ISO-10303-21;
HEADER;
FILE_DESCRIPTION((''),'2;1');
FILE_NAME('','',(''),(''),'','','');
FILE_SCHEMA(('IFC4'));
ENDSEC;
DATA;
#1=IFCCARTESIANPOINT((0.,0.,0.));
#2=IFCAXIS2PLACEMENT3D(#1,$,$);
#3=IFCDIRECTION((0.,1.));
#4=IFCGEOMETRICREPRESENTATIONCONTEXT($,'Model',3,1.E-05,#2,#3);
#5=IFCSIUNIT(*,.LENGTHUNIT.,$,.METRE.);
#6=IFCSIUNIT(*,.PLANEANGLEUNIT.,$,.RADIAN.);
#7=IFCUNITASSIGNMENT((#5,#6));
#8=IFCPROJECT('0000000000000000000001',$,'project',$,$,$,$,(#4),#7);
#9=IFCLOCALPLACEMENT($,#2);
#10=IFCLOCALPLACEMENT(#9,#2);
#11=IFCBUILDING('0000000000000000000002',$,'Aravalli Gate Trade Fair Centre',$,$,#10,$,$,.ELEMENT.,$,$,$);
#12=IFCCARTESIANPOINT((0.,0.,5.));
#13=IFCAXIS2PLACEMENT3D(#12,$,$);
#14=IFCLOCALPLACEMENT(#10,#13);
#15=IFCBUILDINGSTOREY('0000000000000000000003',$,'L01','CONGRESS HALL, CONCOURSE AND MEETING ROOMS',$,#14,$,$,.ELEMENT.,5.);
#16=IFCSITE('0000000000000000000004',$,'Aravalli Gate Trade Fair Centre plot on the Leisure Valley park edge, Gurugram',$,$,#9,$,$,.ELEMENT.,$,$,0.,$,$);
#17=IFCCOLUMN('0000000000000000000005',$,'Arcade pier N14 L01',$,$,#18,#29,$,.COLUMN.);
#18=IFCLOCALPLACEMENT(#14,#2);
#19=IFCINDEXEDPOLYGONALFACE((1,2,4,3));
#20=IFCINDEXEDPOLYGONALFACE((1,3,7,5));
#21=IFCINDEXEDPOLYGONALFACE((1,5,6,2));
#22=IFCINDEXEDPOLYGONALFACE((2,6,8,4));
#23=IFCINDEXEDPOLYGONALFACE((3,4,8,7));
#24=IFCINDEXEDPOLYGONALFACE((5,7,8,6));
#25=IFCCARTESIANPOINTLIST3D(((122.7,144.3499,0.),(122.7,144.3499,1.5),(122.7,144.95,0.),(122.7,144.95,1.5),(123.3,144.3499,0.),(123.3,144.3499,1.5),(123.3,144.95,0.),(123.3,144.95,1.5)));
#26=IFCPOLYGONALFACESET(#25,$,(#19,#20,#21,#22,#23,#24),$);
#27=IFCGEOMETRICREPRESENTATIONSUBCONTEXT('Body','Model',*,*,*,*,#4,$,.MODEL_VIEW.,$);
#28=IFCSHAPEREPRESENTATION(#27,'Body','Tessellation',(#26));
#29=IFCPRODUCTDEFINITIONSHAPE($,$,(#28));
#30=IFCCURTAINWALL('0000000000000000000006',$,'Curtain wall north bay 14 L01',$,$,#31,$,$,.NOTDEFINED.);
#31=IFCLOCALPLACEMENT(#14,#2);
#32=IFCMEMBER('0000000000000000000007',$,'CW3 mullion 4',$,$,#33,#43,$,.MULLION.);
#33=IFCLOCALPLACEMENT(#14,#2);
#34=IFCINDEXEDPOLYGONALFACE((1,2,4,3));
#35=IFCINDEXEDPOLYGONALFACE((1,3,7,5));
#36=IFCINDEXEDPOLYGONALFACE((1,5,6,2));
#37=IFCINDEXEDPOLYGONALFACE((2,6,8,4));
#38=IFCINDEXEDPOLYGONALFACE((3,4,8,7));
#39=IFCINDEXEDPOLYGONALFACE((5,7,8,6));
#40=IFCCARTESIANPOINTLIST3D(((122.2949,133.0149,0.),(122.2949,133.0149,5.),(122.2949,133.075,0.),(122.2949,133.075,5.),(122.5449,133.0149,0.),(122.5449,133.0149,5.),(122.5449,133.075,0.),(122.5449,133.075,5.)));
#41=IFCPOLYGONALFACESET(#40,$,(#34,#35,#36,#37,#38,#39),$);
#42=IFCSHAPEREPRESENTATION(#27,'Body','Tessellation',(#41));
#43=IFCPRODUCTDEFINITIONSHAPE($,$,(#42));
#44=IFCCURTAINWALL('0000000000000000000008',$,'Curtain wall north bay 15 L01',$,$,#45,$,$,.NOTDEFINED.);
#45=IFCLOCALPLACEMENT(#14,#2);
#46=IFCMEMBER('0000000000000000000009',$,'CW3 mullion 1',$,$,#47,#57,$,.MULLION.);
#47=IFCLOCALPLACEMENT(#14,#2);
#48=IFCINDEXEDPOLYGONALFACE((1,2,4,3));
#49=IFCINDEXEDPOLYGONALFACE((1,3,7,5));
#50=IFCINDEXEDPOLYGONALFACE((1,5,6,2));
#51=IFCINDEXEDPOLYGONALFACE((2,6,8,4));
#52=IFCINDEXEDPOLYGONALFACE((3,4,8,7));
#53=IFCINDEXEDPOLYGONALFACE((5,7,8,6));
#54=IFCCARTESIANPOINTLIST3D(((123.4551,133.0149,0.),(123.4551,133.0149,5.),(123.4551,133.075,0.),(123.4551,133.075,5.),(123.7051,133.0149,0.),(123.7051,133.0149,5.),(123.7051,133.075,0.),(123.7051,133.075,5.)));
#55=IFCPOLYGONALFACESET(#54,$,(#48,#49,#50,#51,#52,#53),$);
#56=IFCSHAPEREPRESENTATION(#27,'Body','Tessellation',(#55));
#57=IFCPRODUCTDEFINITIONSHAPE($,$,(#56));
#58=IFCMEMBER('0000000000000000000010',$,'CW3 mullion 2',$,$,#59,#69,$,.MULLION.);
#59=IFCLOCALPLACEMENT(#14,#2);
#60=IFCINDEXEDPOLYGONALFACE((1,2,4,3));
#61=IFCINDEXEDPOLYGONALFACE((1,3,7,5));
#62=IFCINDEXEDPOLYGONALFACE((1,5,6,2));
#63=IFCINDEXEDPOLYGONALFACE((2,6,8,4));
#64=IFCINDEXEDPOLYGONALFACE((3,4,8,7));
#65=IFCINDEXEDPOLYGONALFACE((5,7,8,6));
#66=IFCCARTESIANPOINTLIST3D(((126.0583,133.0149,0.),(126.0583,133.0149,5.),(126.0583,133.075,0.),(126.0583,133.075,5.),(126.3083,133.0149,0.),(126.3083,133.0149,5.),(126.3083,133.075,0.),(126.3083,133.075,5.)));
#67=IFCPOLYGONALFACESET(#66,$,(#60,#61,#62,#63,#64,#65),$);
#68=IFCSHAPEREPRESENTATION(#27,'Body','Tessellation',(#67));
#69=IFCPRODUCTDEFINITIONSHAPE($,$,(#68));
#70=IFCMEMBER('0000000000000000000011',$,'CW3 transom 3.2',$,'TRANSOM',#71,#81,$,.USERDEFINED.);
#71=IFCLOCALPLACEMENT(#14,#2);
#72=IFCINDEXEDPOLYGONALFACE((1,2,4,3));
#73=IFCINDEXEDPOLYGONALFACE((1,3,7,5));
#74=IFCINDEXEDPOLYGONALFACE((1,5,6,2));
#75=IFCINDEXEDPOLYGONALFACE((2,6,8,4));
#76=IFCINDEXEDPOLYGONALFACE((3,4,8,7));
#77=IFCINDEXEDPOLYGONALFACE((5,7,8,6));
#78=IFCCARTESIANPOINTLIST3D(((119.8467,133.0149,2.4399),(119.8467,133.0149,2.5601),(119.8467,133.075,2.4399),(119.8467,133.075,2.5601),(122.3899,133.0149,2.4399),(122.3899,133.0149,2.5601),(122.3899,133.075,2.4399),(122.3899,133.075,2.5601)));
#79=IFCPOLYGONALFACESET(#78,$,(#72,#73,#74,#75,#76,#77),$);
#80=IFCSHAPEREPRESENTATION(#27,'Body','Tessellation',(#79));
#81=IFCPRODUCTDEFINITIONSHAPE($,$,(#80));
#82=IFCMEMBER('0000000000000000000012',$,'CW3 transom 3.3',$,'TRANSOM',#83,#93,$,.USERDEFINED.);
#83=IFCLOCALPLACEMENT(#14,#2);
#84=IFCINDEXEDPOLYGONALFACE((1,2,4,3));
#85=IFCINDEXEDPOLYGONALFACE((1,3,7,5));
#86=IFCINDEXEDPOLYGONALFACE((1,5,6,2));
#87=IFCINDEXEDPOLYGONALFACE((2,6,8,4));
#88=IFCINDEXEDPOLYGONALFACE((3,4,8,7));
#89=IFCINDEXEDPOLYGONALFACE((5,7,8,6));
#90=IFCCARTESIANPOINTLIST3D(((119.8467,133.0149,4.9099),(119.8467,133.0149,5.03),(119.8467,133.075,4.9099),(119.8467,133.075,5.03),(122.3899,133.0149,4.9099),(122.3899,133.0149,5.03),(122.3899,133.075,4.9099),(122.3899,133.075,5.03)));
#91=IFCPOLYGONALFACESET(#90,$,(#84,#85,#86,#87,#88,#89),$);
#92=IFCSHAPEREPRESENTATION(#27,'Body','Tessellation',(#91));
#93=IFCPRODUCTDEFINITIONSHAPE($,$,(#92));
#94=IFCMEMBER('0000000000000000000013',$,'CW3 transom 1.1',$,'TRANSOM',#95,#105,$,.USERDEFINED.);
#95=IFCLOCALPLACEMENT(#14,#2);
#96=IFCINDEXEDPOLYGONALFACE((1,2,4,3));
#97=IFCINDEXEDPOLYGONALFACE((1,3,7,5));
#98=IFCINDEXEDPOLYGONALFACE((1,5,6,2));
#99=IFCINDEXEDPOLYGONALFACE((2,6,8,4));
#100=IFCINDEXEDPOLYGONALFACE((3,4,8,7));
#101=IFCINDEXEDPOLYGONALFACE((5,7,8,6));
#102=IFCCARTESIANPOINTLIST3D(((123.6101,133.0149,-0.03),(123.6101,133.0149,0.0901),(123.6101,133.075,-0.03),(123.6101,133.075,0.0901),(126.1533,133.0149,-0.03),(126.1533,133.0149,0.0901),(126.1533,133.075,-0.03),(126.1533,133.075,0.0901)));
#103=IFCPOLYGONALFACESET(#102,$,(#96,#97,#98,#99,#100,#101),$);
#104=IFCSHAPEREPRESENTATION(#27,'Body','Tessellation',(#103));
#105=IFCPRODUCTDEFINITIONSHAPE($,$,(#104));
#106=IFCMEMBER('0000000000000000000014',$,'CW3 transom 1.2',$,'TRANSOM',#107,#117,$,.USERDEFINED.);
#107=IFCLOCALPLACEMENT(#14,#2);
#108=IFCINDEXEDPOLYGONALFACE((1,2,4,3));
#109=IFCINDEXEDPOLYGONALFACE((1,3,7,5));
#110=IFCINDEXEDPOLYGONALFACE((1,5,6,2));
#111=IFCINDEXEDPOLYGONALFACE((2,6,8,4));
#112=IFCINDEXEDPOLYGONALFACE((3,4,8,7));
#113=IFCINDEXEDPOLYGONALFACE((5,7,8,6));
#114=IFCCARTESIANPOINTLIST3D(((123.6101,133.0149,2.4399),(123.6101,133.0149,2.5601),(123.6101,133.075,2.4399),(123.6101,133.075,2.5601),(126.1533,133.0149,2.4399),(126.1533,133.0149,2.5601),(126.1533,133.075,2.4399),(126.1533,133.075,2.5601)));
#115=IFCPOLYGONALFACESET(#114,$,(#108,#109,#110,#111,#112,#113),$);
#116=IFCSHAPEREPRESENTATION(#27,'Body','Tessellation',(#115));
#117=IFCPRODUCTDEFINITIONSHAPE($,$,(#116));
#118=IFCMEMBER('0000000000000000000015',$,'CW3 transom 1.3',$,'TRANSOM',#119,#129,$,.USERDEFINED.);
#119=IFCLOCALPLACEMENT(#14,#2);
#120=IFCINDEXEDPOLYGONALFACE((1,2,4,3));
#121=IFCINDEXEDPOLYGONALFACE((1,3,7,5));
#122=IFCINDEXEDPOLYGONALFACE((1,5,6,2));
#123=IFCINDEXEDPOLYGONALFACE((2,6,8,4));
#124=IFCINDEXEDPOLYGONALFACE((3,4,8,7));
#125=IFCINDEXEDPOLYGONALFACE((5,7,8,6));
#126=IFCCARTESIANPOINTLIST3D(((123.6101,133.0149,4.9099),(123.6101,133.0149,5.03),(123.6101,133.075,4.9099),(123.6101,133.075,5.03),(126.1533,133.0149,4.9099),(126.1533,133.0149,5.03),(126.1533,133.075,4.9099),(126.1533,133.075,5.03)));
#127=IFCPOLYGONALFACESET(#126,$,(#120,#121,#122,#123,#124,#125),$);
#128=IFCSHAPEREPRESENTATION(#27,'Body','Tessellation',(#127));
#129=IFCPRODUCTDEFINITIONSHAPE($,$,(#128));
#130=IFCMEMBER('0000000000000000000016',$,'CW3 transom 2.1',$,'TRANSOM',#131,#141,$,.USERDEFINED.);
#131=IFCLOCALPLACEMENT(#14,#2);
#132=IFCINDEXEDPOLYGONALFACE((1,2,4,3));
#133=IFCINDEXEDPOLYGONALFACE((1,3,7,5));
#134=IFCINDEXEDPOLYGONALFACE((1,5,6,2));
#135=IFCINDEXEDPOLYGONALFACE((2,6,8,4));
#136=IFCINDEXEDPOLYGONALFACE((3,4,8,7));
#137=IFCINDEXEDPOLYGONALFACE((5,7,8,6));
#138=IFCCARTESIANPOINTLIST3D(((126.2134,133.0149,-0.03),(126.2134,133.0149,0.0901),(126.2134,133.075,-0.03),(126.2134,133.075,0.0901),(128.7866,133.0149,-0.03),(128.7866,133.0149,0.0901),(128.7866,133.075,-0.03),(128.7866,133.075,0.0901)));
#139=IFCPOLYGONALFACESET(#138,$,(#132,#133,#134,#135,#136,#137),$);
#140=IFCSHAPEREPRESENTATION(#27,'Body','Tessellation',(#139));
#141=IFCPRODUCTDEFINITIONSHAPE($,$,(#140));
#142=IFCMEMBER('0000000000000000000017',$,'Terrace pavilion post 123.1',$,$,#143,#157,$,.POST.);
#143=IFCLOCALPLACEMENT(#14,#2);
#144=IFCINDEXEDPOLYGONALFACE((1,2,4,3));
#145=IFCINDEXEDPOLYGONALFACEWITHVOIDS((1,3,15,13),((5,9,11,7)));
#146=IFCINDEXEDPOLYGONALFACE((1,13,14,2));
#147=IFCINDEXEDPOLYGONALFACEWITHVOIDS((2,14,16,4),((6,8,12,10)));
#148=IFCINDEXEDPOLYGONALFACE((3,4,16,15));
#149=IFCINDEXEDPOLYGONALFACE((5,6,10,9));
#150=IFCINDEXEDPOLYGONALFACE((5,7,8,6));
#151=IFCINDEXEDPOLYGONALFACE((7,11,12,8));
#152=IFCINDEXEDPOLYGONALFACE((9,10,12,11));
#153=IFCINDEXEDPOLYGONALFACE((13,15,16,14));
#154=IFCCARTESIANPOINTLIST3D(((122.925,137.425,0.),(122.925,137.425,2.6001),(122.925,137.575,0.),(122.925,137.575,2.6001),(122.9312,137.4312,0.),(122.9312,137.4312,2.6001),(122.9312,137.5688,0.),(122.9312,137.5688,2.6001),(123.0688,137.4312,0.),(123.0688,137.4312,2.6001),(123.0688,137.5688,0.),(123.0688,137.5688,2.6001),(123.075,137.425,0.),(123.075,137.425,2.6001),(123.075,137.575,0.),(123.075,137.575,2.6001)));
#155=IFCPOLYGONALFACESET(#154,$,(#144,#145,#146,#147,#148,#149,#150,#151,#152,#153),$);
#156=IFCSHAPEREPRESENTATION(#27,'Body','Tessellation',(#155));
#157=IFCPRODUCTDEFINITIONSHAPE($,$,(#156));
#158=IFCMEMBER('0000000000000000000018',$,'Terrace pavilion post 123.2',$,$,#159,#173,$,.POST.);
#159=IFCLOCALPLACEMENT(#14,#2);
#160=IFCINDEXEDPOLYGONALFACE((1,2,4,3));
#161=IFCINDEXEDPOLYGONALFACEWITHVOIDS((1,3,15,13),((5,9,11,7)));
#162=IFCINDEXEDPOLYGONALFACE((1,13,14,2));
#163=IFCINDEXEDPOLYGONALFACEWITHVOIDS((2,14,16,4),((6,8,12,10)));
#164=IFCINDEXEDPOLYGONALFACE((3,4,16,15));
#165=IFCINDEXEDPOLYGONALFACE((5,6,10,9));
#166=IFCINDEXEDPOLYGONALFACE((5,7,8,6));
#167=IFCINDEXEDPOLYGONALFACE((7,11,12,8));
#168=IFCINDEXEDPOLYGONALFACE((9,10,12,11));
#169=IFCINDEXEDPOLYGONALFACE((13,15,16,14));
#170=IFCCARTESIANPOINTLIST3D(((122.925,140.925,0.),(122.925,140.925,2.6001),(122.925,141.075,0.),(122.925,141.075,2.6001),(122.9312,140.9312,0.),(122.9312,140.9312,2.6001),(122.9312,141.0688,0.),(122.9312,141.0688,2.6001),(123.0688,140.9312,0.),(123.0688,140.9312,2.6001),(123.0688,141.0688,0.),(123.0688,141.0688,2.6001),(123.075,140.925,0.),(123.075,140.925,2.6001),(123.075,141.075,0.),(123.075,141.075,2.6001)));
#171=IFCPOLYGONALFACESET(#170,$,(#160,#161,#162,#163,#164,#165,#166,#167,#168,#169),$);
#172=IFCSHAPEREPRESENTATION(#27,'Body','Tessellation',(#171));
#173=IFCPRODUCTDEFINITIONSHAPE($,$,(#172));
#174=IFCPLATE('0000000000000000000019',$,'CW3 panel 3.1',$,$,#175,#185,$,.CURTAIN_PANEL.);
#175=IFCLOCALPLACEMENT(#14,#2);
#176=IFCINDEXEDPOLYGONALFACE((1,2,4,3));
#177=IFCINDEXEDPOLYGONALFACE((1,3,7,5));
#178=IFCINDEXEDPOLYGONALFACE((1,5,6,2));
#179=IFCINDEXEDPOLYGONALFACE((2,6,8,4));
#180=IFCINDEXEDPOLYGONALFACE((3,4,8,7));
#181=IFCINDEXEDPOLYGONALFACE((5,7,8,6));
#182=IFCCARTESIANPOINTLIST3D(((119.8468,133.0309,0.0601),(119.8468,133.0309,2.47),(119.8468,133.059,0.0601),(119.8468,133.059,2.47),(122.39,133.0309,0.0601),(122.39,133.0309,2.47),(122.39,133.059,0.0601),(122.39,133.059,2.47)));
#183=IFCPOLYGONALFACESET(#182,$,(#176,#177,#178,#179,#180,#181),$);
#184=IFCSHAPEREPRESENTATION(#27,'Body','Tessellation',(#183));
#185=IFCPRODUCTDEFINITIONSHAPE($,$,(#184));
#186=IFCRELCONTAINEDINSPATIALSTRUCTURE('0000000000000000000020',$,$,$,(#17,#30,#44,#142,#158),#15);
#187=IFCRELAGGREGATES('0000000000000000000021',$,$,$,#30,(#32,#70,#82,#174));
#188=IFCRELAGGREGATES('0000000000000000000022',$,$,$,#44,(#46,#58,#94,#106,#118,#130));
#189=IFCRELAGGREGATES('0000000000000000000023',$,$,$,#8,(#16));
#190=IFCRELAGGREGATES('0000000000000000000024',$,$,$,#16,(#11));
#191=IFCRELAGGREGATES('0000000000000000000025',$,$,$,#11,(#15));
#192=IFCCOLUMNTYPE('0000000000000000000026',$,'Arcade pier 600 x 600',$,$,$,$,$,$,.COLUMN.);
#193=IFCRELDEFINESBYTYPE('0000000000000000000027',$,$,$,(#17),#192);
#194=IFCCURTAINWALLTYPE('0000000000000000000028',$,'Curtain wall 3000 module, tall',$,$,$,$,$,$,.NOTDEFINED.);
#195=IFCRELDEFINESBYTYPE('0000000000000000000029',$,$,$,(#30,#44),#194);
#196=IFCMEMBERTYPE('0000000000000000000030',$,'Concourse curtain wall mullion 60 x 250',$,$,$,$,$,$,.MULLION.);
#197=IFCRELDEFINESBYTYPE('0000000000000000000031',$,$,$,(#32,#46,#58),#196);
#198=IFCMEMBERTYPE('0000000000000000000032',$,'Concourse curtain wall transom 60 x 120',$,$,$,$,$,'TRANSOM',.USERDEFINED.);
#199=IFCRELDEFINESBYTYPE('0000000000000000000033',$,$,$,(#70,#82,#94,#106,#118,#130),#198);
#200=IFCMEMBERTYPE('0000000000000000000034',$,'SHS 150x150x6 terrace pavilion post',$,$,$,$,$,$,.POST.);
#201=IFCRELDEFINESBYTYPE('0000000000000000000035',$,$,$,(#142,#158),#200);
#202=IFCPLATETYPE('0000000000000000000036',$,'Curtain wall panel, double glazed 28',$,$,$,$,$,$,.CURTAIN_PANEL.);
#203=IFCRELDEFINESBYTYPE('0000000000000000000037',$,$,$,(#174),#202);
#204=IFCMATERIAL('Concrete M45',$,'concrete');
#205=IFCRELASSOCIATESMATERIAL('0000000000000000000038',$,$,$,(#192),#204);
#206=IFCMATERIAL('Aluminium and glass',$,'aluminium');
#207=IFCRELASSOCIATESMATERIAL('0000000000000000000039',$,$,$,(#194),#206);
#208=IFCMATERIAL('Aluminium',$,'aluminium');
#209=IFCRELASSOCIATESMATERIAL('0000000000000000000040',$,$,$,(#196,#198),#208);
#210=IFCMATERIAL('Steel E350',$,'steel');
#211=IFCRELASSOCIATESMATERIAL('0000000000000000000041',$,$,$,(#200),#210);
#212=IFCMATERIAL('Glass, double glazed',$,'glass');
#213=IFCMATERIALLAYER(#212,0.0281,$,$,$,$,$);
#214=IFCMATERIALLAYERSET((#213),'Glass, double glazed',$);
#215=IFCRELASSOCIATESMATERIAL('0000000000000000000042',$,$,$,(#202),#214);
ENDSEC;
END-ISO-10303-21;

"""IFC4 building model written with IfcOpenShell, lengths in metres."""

from ifc_helpers import new_model, si_unit, direction, frame, origin, origin_2d, place, context, subcontext, project, spatial, rectangle, hollow_rectangle, extrude, material, layer, layer_set, material_profile, profile_set, type_object, element, aggregate, save


model = new_model("IFC4")

# Units and contexts
model_context = context("Model", 3, precision=1e-05, world=origin(), true_north=direction((0.0, 1.0)))
body_context = subcontext(model_context, "Body", "Model", "MODEL_VIEW")
ifc_project = project(units=[si_unit("LENGTHUNIT", "METRE"), si_unit("PLANEANGLEUNIT", "RADIAN")], contexts=[model_context])

# Site, building, storey
site_placement = place(None, origin())
site = spatial("IfcSite", under=ifc_project, at=site_placement, Name="Aravalli Gate Trade Fair Centre plot on the Leisure Valley park edge, Gurugram", CompositionType="ELEMENT", RefElevation=0.0)
building_placement = place(site_placement, origin())
building = spatial("IfcBuilding", under=site, at=building_placement, Name="Aravalli Gate Trade Fair Centre", CompositionType="ELEMENT")
storey_placement = place(building_placement, frame((0.0, 0.0, 5.0)))
storey = spatial("IfcBuildingStorey", under=building, at=storey_placement, Name="L01", Description="CONGRESS HALL, CONCOURSE AND MEETING ROOMS", CompositionType="ELEMENT", Elevation=5.0)

# Column
ifc_material_1 = material(Name="Concrete M45", Category="concrete")
ifc_material_profile_1 = material_profile(ifc_material_1, rectangle(XDim=0.6001, YDim=0.6001, at=origin_2d()), Name="Arcade pier 600 x 600")
ifc_profile_set_1 = profile_set([ifc_material_profile_1], Name="Concrete M45")
column_type = type_object("IfcColumnType", Name="Arcade pier 600 x 600", PredefinedType="COLUMN", material=ifc_profile_set_1)
column_placement = place(storey_placement, frame((123.0, 144.6499, 0.0), z_axis=(0.0, 0.0, 1.0), x_axis=(1.0, 0.0, 0.0)))
element("IfcColumn", 1, at=column_placement, inside=storey, type_object=column_type, Name="Arcade pier N14 L01", PredefinedType="COLUMN", context=body_context, shape_type="SweptSolid", body=[
    extrude(rectangle(XDim=0.6001, YDim=0.6001, at=origin_2d()), origin(), (0.0, 0.0, 1.0), 1.5),
])

# Curtain wall, member
ifc_material_2 = material(Name="Aluminium and glass", Category="aluminium")
curtain_wall_type = type_object("IfcCurtainWallType", Name="Curtain wall 3000 module, tall", PredefinedType="NOTDEFINED", material=ifc_material_2)
curtain_wall_1_placement = place(storey_placement, origin())
curtain_wall_1 = element("IfcCurtainWall", 2, at=curtain_wall_1_placement, inside=storey, type_object=curtain_wall_type, Name="Curtain wall north bay 14 L01", PredefinedType="NOTDEFINED")
ifc_material_3 = material(Name="Aluminium", Category="aluminium")
ifc_material_profile_2 = material_profile(ifc_material_3, rectangle(XDim=0.0601, YDim=0.25, at=origin_2d()), Name="Concourse curtain wall mullion 60 x 250")
ifc_profile_set_2 = profile_set([ifc_material_profile_2], Name="Aluminium")
member_type_1 = type_object("IfcMemberType", Name="Concourse curtain wall mullion 60 x 250", PredefinedType="MULLION", material=ifc_profile_set_2)
member_1_placement = place(storey_placement, frame((122.4199, 133.0449, 0.0), z_axis=(0.0, 0.0, 1.0), x_axis=(0.0, 1.0, 0.0)))
member_1 = element("IfcMember", 3, at=member_1_placement, type_object=member_type_1, Name="CW3 mullion 4", PredefinedType="MULLION", context=body_context, shape_type="SweptSolid", body=[
    extrude(rectangle(XDim=0.0601, YDim=0.25, at=origin_2d()), origin(), (0.0, 0.0, 1.0), 5.0),
])

# Curtain wall, members
curtain_wall_2_placement = place(storey_placement, origin())
curtain_wall_2 = element("IfcCurtainWall", 4, at=curtain_wall_2_placement, inside=storey, type_object=curtain_wall_type, Name="Curtain wall north bay 15 L01", PredefinedType="NOTDEFINED")
member_2_placement = place(storey_placement, frame((123.5801, 133.0449, 0.0), z_axis=(0.0, 0.0, 1.0), x_axis=(0.0, 1.0, 0.0)))
member_2 = element("IfcMember", 5, at=member_2_placement, type_object=member_type_1, Name="CW3 mullion 1", PredefinedType="MULLION", context=body_context, shape_type="SweptSolid", body=[
    extrude(rectangle(XDim=0.0601, YDim=0.25, at=origin_2d()), origin(), (0.0, 0.0, 1.0), 5.0),
])
member_3_placement = place(storey_placement, frame((126.1833, 133.0449, 0.0), z_axis=(0.0, 0.0, 1.0), x_axis=(0.0, 1.0, 0.0)))
member_3 = element("IfcMember", 6, at=member_3_placement, type_object=member_type_1, Name="CW3 mullion 2", PredefinedType="MULLION", context=body_context, shape_type="SweptSolid", body=[
    extrude(rectangle(XDim=0.0601, YDim=0.25, at=origin_2d()), origin(), (0.0, 0.0, 1.0), 5.0),
])

# Members
ifc_material_profile_3 = material_profile(ifc_material_3, rectangle(XDim=0.0601, YDim=0.1201, at=origin_2d()), Name="Concourse curtain wall transom 60 x 120")
ifc_profile_set_3 = profile_set([ifc_material_profile_3], Name="Aluminium")
member_type_2 = type_object("IfcMemberType", Name="Concourse curtain wall transom 60 x 120", ElementType="TRANSOM", PredefinedType="USERDEFINED", material=ifc_profile_set_3)
member_4_placement = place(storey_placement, frame((119.8467, 133.0449, 2.5), z_axis=(1.0, 0.0, 0.0), x_axis=(0.0, 1.0, 0.0)))
member_4 = element("IfcMember", 7, at=member_4_placement, type_object=member_type_2, Name="CW3 transom 3.2", ObjectType="TRANSOM", PredefinedType="USERDEFINED", context=body_context, shape_type="SweptSolid", body=[
    extrude(rectangle(XDim=0.0601, YDim=0.1201, at=origin_2d()), origin(), (0.0, 0.0, 1.0), 2.5432),
])
member_5_placement = place(storey_placement, frame((119.8467, 133.0449, 4.97), z_axis=(1.0, 0.0, 0.0), x_axis=(0.0, 1.0, 0.0)))
member_5 = element("IfcMember", 8, at=member_5_placement, type_object=member_type_2, Name="CW3 transom 3.3", ObjectType="TRANSOM", PredefinedType="USERDEFINED", context=body_context, shape_type="SweptSolid", body=[
    extrude(rectangle(XDim=0.0601, YDim=0.1201, at=origin_2d()), origin(), (0.0, 0.0, 1.0), 2.5432),
])
member_6_placement = place(storey_placement, frame((123.6101, 133.0449, 0.03), z_axis=(1.0, 0.0, 0.0), x_axis=(0.0, 1.0, 0.0)))
member_6 = element("IfcMember", 9, at=member_6_placement, type_object=member_type_2, Name="CW3 transom 1.1", ObjectType="TRANSOM", PredefinedType="USERDEFINED", context=body_context, shape_type="SweptSolid", body=[
    extrude(rectangle(XDim=0.0601, YDim=0.1201, at=origin_2d()), origin(), (0.0, 0.0, 1.0), 2.5432),
])
member_7_placement = place(storey_placement, frame((123.6101, 133.0449, 2.5), z_axis=(1.0, 0.0, 0.0), x_axis=(0.0, 1.0, 0.0)))
member_7 = element("IfcMember", 10, at=member_7_placement, type_object=member_type_2, Name="CW3 transom 1.2", ObjectType="TRANSOM", PredefinedType="USERDEFINED", context=body_context, shape_type="SweptSolid", body=[
    extrude(rectangle(XDim=0.0601, YDim=0.1201, at=origin_2d()), origin(), (0.0, 0.0, 1.0), 2.5432),
])
member_8_placement = place(storey_placement, frame((123.6101, 133.0449, 4.97), z_axis=(1.0, 0.0, 0.0), x_axis=(0.0, 1.0, 0.0)))
member_8 = element("IfcMember", 11, at=member_8_placement, type_object=member_type_2, Name="CW3 transom 1.3", ObjectType="TRANSOM", PredefinedType="USERDEFINED", context=body_context, shape_type="SweptSolid", body=[
    extrude(rectangle(XDim=0.0601, YDim=0.1201, at=origin_2d()), origin(), (0.0, 0.0, 1.0), 2.5432),
])
member_9_placement = place(storey_placement, frame((126.2134, 133.0449, 0.03), z_axis=(1.0, 0.0, 0.0), x_axis=(0.0, 1.0, 0.0)))
member_9 = element("IfcMember", 12, at=member_9_placement, type_object=member_type_2, Name="CW3 transom 2.1", ObjectType="TRANSOM", PredefinedType="USERDEFINED", context=body_context, shape_type="SweptSolid", body=[
    extrude(rectangle(XDim=0.0601, YDim=0.1201, at=origin_2d()), origin(), (0.0, 0.0, 1.0), 2.5732),
])

# Members
ifc_material_4 = material(Name="Steel E350", Category="steel")
ifc_material_profile_4 = material_profile(ifc_material_4, hollow_rectangle(XDim=0.1499, YDim=0.1499, WallThickness=0.0061, at=origin_2d()), Name="SHS 150x150x6")
ifc_profile_set_4 = profile_set([ifc_material_profile_4], Name="Steel E350")
member_type_3 = type_object("IfcMemberType", Name="SHS 150x150x6 terrace pavilion post", PredefinedType="POST", material=ifc_profile_set_4)
for number, where, z_axis, x_axis, name in (
    (13, (123.0, 137.5, 0.0), (0.0, 0.0, 1.0), (1.0, 0.0, 0.0), "Terrace pavilion post 123.1"),
    (14, (123.0, 141.0, 0.0), (0.0, 0.0, 1.0), (1.0, 0.0, 0.0), "Terrace pavilion post 123.2"),
):
    element("IfcMember", number, at=place(storey_placement, frame(where, z_axis=z_axis, x_axis=x_axis)), inside=storey, type_object=member_type_3, Name=name, PredefinedType="POST", context=body_context, shape_type="SweptSolid", body=[
        extrude(hollow_rectangle(XDim=0.1499, YDim=0.1499, WallThickness=0.0061, at=origin_2d()), origin(), (0.0, 0.0, 1.0), 2.6001),
    ])

# Plate
ifc_material_5 = material(Name="Glass, double glazed", Category="glass")
ifc_layer_1 = layer(ifc_material_5, 0.0281)
ifc_layer_set_1 = layer_set([ifc_layer_1], Name="Glass, double glazed")
plate_type = type_object("IfcPlateType", Name="Curtain wall panel, double glazed 28", PredefinedType="CURTAIN_PANEL", material=ifc_layer_set_1)
plate_1_placement = place(storey_placement, frame((121.1184, 133.0449, 0.0601), z_axis=(0.0, 0.0, 1.0), x_axis=(1.0, 0.0, 0.0)))
plate_1 = element("IfcPlate", 15, at=plate_1_placement, type_object=plate_type, Name="CW3 panel 3.1", PredefinedType="CURTAIN_PANEL", context=body_context, shape_type="SweptSolid", body=[
    extrude(rectangle(XDim=2.5432, YDim=0.0281, at=origin_2d()), origin(), (0.0, 0.0, 1.0), 2.4099),
])
aggregate(curtain_wall_1, [member_1, member_4, member_5, plate_1])
aggregate(curtain_wall_2, [member_2, member_3, member_6, member_7, member_8, member_9])

save(model, "model.ifc")
